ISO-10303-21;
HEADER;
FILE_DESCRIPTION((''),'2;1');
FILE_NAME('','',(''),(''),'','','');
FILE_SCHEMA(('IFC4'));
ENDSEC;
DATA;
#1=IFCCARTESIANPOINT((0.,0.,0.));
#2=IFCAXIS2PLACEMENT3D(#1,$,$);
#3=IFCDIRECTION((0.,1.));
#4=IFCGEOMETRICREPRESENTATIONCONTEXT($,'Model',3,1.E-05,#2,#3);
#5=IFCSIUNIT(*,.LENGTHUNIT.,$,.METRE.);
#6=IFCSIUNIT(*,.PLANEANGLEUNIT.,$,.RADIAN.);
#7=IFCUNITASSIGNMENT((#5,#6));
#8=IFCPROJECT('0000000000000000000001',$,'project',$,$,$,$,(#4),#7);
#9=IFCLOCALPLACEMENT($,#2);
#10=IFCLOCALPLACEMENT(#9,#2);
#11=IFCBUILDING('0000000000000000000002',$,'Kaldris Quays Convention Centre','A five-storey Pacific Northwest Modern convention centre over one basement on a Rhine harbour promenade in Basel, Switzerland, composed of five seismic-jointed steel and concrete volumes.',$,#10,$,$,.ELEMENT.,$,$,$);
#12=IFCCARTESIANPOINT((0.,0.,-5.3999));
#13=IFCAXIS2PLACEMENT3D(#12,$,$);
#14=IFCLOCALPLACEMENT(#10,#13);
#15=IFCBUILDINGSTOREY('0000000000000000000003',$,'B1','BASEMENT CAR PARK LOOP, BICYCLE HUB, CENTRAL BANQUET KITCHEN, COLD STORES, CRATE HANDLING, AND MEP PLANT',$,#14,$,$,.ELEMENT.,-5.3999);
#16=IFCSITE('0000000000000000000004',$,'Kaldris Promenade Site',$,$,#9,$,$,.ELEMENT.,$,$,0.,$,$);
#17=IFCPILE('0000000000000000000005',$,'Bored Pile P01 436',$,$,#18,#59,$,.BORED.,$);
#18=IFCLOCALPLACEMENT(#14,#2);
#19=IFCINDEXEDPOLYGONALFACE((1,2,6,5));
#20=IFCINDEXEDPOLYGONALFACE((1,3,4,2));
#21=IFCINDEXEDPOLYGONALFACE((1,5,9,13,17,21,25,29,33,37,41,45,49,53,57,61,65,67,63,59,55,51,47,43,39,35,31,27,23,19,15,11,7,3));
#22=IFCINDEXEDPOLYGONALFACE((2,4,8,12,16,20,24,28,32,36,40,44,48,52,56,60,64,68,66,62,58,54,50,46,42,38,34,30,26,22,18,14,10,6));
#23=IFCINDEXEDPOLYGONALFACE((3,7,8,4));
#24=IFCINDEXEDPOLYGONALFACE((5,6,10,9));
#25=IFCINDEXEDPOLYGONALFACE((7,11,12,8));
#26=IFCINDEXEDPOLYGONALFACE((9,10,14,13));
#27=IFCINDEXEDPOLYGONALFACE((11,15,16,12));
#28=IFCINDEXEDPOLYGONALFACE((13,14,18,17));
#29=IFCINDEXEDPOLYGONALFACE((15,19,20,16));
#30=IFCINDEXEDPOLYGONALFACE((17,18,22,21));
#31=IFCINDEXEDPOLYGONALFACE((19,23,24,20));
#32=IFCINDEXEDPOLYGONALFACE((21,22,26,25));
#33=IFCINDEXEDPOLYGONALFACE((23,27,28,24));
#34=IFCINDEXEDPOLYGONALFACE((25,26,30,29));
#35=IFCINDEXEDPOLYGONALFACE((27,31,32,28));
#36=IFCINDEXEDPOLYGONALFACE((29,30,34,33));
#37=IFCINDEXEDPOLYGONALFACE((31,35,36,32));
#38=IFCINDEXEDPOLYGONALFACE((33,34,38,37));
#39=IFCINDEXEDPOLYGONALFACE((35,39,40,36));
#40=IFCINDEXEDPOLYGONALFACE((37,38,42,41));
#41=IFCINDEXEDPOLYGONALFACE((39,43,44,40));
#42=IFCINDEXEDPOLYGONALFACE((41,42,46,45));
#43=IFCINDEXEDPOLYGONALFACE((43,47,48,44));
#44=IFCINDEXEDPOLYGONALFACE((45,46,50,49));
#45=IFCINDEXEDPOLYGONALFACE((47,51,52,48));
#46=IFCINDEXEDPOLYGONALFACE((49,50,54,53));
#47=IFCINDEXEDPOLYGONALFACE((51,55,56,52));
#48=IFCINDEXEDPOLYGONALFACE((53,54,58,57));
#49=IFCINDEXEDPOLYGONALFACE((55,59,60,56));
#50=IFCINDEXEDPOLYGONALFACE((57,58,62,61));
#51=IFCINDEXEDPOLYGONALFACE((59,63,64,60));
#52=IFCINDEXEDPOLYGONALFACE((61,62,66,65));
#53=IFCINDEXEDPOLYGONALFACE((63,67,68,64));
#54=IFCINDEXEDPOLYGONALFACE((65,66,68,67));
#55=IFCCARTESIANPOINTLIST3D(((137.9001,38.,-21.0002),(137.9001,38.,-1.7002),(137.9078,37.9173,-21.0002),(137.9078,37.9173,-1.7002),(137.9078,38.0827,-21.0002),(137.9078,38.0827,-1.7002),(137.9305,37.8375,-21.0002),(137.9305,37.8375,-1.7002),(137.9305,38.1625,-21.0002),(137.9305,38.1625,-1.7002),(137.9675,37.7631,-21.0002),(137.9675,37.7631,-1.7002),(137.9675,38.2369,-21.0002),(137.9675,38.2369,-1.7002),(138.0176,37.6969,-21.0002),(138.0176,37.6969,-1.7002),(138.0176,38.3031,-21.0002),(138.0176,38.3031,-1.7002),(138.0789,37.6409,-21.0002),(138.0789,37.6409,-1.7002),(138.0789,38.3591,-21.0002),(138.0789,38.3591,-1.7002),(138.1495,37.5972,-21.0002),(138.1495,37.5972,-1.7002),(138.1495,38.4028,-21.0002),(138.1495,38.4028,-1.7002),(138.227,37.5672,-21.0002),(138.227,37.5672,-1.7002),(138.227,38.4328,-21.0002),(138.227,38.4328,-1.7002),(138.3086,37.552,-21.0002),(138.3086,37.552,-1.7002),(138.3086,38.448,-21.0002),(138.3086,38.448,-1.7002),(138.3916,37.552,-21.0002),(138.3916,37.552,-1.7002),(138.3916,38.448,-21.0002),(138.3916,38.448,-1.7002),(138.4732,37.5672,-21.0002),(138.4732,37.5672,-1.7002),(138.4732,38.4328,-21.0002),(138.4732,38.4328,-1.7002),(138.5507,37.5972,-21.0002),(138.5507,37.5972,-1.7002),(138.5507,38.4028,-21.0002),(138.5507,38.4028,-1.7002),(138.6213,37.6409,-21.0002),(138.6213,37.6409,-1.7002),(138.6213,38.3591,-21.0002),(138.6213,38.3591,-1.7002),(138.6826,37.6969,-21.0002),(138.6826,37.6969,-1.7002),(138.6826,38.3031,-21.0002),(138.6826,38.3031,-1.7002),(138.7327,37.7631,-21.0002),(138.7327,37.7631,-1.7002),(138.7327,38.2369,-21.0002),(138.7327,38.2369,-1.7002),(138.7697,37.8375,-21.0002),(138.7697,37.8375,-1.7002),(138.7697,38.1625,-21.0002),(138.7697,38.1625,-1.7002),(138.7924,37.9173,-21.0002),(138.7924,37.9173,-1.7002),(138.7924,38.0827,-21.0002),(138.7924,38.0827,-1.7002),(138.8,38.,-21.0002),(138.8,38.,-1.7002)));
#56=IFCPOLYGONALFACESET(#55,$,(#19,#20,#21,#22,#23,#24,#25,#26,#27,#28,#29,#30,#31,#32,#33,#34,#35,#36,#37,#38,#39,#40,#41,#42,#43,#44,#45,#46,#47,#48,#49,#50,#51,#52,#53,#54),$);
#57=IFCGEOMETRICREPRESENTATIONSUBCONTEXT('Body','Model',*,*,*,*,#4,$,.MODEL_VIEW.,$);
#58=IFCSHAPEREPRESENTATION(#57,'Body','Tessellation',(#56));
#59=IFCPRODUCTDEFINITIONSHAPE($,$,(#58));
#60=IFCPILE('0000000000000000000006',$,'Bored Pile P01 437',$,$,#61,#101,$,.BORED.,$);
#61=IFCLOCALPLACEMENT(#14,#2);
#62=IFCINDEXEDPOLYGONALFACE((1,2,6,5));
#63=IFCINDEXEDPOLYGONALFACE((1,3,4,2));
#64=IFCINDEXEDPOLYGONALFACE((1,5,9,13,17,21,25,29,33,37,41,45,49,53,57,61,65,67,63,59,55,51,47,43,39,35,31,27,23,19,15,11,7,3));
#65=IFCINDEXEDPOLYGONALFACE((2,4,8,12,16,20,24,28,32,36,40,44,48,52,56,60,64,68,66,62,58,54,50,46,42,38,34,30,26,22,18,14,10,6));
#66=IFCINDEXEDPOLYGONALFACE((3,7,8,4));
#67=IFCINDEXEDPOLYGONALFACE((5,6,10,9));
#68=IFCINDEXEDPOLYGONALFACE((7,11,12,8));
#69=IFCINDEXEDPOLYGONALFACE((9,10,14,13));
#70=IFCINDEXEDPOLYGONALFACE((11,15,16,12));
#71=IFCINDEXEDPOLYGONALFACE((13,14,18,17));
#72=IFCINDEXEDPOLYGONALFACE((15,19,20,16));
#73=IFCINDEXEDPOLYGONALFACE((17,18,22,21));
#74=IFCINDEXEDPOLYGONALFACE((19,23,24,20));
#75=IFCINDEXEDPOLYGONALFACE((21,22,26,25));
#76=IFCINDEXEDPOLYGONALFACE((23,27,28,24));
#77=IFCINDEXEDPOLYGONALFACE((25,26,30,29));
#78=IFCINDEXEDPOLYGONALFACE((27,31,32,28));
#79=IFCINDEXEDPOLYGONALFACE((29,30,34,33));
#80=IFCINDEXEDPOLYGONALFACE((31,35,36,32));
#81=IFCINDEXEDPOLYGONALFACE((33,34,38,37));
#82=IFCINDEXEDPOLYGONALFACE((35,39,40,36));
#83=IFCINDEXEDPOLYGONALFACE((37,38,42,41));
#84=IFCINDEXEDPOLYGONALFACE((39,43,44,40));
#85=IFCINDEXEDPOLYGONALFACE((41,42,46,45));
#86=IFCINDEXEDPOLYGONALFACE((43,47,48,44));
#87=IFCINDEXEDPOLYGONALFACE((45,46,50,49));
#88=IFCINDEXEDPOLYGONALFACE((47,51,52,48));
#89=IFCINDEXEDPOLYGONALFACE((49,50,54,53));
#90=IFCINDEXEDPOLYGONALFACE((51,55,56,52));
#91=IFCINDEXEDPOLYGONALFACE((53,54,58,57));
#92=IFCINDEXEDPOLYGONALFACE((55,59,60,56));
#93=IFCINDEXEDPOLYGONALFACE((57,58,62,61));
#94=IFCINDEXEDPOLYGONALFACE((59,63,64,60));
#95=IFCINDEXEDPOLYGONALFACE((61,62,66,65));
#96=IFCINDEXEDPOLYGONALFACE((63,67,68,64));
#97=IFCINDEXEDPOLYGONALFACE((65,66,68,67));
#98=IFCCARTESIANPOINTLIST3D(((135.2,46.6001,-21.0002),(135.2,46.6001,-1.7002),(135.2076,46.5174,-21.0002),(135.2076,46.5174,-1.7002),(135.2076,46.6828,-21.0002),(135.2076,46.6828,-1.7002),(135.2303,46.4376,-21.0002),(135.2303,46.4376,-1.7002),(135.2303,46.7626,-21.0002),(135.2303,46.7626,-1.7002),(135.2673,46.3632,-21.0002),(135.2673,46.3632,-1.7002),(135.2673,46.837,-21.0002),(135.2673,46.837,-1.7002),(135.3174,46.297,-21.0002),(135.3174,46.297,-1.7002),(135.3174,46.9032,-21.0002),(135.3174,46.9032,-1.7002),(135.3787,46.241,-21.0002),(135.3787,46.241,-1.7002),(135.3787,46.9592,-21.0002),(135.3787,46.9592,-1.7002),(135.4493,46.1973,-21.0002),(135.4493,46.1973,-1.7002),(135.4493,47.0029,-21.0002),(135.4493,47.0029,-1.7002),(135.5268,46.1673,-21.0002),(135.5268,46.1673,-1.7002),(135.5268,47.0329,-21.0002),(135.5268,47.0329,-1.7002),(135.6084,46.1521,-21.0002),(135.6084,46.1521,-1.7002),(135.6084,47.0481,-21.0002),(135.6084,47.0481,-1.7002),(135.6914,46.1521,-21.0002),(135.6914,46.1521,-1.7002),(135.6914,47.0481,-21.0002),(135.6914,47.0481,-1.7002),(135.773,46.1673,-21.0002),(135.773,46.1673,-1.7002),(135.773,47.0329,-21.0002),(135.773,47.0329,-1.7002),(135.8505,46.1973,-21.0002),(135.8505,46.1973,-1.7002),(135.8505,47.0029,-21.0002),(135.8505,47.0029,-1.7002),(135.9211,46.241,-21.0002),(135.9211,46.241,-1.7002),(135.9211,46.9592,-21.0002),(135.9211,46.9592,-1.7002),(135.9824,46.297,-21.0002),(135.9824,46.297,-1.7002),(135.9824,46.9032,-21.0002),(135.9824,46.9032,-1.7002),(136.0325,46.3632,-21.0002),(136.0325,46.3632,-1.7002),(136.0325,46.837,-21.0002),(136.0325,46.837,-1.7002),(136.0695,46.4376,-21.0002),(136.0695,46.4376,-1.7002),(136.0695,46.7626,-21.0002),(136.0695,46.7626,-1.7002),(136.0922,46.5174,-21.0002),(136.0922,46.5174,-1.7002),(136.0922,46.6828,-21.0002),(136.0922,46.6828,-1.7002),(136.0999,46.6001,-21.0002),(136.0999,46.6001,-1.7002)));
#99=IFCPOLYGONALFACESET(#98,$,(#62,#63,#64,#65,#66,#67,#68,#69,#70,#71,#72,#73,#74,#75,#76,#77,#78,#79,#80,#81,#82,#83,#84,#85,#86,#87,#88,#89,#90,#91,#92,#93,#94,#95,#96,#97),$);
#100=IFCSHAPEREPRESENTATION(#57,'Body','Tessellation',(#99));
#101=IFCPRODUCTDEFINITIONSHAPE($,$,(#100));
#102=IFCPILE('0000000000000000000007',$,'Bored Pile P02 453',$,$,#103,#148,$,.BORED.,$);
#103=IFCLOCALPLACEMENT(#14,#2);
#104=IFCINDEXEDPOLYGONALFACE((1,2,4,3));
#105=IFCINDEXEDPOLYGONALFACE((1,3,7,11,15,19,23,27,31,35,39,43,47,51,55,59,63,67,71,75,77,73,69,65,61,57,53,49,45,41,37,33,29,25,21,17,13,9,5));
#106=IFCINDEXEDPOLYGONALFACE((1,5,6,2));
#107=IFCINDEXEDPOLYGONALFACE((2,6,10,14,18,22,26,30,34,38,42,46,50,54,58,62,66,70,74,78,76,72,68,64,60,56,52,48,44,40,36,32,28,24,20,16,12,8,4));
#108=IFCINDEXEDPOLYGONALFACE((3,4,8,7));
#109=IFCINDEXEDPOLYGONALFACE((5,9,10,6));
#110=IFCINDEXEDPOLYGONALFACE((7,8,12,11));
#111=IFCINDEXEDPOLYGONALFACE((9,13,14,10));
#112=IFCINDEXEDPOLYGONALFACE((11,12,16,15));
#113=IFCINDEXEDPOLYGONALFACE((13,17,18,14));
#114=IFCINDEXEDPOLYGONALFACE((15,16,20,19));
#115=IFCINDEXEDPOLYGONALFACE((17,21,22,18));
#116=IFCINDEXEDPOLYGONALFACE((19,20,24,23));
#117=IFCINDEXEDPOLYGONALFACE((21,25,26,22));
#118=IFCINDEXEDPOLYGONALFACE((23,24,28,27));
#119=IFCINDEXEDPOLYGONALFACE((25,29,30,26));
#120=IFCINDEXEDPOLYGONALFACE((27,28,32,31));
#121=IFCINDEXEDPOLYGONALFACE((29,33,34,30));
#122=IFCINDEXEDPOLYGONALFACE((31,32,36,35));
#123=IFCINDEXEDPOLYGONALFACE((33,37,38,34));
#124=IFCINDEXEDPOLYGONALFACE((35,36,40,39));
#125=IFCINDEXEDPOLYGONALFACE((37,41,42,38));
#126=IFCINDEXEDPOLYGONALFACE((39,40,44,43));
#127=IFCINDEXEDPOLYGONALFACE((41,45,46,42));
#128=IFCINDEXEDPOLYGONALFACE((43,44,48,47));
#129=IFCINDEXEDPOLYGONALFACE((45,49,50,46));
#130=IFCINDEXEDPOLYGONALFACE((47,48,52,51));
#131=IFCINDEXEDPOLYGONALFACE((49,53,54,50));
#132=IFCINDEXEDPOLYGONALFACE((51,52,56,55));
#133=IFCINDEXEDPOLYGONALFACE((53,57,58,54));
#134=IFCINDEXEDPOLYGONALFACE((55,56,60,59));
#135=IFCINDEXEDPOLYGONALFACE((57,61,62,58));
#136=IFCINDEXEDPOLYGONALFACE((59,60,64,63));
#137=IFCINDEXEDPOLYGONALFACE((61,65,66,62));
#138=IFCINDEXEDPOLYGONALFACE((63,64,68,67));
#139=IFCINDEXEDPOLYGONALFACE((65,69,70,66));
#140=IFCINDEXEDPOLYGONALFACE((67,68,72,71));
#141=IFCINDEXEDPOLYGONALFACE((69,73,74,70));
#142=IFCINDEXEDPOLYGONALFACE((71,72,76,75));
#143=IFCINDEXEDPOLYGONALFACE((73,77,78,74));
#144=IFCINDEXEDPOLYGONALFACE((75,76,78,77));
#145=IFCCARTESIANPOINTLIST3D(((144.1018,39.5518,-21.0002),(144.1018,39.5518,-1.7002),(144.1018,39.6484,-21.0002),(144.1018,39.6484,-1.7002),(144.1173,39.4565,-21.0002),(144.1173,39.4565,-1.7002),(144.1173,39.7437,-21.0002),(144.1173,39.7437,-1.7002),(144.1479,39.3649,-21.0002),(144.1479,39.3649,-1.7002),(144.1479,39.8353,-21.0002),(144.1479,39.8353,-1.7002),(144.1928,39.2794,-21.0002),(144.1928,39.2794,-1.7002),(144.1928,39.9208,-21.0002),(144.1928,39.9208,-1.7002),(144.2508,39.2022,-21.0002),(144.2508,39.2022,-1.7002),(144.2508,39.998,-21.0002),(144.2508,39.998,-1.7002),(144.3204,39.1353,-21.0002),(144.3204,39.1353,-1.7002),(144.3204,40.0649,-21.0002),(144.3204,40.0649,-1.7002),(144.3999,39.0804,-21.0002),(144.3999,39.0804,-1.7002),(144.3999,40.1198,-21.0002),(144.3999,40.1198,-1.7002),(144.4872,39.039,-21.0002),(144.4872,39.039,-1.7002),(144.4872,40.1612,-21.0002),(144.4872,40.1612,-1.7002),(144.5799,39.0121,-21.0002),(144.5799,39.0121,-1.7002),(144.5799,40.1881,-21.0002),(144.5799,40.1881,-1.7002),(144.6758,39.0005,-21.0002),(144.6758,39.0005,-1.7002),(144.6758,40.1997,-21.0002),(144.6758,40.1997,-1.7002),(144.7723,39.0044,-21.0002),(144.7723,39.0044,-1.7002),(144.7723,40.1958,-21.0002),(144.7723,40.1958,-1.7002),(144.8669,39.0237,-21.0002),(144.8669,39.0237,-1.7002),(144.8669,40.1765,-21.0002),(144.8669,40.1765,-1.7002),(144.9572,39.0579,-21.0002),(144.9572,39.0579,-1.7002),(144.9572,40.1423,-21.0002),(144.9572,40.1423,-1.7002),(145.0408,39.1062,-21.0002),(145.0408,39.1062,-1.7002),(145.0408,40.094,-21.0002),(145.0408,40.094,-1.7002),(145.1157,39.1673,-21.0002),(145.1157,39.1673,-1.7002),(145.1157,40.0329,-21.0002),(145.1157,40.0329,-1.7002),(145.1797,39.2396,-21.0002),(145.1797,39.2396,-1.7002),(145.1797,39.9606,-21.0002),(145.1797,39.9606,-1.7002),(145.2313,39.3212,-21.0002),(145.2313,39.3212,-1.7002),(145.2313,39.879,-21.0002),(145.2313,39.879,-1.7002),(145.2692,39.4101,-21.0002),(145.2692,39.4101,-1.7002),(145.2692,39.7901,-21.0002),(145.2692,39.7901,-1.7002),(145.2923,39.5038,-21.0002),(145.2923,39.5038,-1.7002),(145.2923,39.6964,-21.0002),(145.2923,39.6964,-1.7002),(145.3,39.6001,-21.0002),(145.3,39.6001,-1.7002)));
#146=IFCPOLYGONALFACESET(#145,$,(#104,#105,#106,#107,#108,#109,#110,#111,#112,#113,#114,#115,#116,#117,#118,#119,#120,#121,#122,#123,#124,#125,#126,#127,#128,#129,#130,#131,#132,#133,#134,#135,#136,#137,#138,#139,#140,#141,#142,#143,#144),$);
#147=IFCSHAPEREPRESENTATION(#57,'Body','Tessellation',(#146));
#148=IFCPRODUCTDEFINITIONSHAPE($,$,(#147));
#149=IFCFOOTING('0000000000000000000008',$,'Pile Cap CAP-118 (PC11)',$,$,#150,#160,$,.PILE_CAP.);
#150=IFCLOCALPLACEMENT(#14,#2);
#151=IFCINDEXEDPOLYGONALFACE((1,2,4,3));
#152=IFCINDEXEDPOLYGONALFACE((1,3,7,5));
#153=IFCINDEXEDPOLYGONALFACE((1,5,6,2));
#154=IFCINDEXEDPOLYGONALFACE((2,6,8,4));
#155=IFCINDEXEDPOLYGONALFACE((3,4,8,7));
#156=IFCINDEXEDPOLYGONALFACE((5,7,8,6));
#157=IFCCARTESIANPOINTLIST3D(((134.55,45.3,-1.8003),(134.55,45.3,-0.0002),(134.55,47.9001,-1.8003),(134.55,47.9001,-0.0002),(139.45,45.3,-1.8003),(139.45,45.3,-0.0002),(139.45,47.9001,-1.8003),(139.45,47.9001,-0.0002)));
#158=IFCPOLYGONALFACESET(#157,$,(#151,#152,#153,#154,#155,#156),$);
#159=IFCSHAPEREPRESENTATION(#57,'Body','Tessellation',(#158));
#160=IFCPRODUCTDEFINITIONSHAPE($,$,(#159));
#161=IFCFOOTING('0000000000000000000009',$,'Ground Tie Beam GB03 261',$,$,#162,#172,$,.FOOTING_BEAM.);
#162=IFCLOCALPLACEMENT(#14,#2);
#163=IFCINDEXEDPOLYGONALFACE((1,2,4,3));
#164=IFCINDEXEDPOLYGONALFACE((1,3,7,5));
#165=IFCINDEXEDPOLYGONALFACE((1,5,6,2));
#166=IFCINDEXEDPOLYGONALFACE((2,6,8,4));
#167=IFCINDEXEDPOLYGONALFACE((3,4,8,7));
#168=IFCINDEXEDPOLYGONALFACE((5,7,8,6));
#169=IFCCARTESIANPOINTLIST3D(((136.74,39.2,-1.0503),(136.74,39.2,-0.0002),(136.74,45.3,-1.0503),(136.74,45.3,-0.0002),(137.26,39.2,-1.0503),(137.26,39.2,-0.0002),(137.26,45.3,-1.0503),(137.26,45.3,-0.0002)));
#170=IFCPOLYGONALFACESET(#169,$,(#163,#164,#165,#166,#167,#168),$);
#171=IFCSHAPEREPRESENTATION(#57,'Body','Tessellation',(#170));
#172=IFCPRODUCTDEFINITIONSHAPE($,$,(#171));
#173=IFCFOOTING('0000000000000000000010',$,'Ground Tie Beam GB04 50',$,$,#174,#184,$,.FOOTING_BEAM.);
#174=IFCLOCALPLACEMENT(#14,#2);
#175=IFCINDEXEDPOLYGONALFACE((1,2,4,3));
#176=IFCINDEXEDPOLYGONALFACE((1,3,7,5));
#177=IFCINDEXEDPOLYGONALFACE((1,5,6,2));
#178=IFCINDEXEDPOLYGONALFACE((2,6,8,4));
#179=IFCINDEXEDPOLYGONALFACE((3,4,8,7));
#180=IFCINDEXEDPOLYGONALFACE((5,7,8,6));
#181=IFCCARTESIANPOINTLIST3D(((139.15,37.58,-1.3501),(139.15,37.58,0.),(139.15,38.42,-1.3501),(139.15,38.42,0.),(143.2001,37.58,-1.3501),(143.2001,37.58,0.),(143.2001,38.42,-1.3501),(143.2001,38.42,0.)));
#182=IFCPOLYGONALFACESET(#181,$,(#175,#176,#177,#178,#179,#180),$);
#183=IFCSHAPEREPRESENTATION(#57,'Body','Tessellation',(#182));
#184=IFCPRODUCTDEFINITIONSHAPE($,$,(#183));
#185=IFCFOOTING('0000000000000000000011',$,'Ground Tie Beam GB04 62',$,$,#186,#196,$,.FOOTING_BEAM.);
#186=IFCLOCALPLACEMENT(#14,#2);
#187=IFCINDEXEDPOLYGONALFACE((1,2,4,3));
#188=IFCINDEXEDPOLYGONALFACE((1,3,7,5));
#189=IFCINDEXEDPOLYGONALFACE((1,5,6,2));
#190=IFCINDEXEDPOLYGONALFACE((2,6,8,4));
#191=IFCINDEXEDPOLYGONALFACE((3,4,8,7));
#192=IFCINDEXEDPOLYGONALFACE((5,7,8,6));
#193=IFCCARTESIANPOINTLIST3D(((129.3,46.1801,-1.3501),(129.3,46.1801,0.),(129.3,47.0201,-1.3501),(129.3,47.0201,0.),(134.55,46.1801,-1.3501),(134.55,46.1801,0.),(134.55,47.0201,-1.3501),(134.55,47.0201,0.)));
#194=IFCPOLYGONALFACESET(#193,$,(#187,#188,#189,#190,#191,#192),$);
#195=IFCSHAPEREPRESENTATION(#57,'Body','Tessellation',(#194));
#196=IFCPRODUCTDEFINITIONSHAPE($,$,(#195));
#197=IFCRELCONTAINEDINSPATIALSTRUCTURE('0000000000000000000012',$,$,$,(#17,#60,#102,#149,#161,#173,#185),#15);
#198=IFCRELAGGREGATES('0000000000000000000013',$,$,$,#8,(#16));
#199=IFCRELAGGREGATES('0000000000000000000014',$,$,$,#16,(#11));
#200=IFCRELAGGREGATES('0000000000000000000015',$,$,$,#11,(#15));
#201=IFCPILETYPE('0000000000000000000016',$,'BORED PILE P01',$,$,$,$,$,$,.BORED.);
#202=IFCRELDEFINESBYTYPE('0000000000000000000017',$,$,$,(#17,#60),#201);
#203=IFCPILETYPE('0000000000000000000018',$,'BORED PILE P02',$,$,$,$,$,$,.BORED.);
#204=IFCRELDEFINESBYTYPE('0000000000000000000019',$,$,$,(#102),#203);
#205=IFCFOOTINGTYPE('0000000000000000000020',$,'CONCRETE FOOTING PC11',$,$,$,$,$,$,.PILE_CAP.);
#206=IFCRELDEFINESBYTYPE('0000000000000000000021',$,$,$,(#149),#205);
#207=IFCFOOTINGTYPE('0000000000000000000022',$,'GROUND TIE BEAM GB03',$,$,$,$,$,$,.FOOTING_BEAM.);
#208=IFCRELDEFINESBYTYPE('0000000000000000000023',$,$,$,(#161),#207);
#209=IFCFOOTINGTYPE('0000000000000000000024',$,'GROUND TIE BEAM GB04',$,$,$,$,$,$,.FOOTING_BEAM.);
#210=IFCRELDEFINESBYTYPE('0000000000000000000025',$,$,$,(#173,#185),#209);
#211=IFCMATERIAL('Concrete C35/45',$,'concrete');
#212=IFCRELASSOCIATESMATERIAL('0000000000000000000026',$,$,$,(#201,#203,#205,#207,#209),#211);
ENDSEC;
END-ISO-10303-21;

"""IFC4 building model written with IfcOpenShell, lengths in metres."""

from ifc_helpers import new_model, si_unit, direction, frame, origin, origin_2d, place, context, subcontext, project, spatial, rectangle, circle, extrude, material, material_profile, profile_set, type_object, element, save


model = new_model("IFC4")

# Units and contexts
model_context = context("Model", 3, precision=1e-05, world=origin(), true_north=direction((0.0, 1.0)))
body_context = subcontext(model_context, "Body", "Model", "MODEL_VIEW")
ifc_project = project(units=[si_unit("LENGTHUNIT", "METRE"), si_unit("PLANEANGLEUNIT", "RADIAN")], contexts=[model_context])

# Site, building, storey
site_placement = place(None, origin())
site = spatial("IfcSite", under=ifc_project, at=site_placement, Name="Kaldris Promenade Site", CompositionType="ELEMENT", RefElevation=0.0)
building_placement = place(site_placement, origin())
building = spatial("IfcBuilding", under=site, at=building_placement, Name="Kaldris Quays Convention Centre", Description="A five-storey Pacific Northwest Modern convention centre over one basement on a Rhine harbour promenade in Basel, Switzerland, composed of five seismic-jointed steel and concrete volumes.", CompositionType="ELEMENT")
storey_placement = place(building_placement, frame((0.0, 0.0, -5.3999)))
storey = spatial("IfcBuildingStorey", under=building, at=storey_placement, Name="B1", Description="BASEMENT CAR PARK LOOP, BICYCLE HUB, CENTRAL BANQUET KITCHEN, COLD STORES, CRATE HANDLING, AND MEP PLANT", CompositionType="ELEMENT", Elevation=-5.3999)

# Piles
ifc_material_1 = material(Name="Concrete C35/45", Category="concrete")
ifc_material_profile_1 = material_profile(ifc_material_1, circle(Radius=0.45, at=origin_2d()), Name="BORED PILE D900")
ifc_profile_set_1 = profile_set([ifc_material_profile_1], Name="Concrete C35/45")
pile_type_1 = type_object("IfcPileType", Name="BORED PILE P01", PredefinedType="BORED", material=ifc_profile_set_1)
for number, where, z_axis, x_axis, name in (
    (1, (138.3501, 38.0, -1.7002), (0.0, 0.0, -1.0), (1.0, 0.0, 0.0), "Bored Pile P01 436"),
    (2, (135.6499, 46.6001, -1.7002), (0.0, 0.0, -1.0), (1.0, 0.0, 0.0), "Bored Pile P01 437"),
):
    element("IfcPile", number, at=place(storey_placement, frame(where, z_axis=z_axis, x_axis=x_axis)), inside=storey, type_object=pile_type_1, Name=name, PredefinedType="BORED", context=body_context, shape_type="SweptSolid", body=[
        extrude(circle(Radius=0.45, at=origin_2d()), origin(), (0.0, 0.0, 1.0), 19.3),
    ])
ifc_material_profile_2 = material_profile(ifc_material_1, circle(Radius=0.6001, at=origin_2d()), Name="BORED PILE D1200")
ifc_profile_set_2 = profile_set([ifc_material_profile_2], Name="Concrete C35/45")
pile_type_2 = type_object("IfcPileType", Name="BORED PILE P02", PredefinedType="BORED", material=ifc_profile_set_2)
pile_placement = place(storey_placement, frame((144.7, 39.6001, -1.7002), z_axis=(0.0, 0.0, -1.0), x_axis=(1.0, 0.0, 0.0)))
element("IfcPile", 3, at=pile_placement, inside=storey, type_object=pile_type_2, Name="Bored Pile P02 453", PredefinedType="BORED", context=body_context, shape_type="SweptSolid", body=[
    extrude(circle(Radius=0.6001, at=origin_2d()), origin(), (0.0, 0.0, 1.0), 19.3),
])

# Footings
footing_type_1 = type_object("IfcFootingType", Name="CONCRETE FOOTING PC11", PredefinedType="PILE_CAP", material=ifc_material_1)
footing_1_placement = place(storey_placement, frame((137.0, 46.6001, -1.8003), z_axis=(0.0, 0.0, 1.0), x_axis=(1.0, 0.0, 0.0)))
element("IfcFooting", 4, at=footing_1_placement, inside=storey, type_object=footing_type_1, Name="Pile Cap CAP-118 (PC11)", PredefinedType="PILE_CAP", context=body_context, shape_type="SweptSolid", body=[
    extrude(rectangle(XDim=4.8999, YDim=2.6001, at=origin_2d()), origin(), (0.0, 0.0, 1.0), 1.8),
])
footing_type_2 = type_object("IfcFootingType", Name="GROUND TIE BEAM GB03", PredefinedType="FOOTING_BEAM", material=ifc_material_1)
footing_2_placement = place(storey_placement, frame((137.0, 42.25, -1.0503), z_axis=(0.0, 0.0, 1.0), x_axis=(1.0, 0.0, 0.0)))
element("IfcFooting", 5, at=footing_2_placement, inside=storey, type_object=footing_type_2, Name="Ground Tie Beam GB03 261", PredefinedType="FOOTING_BEAM", context=body_context, shape_type="SweptSolid", body=[
    extrude(rectangle(XDim=0.52, YDim=6.1001, at=origin_2d()), origin(), (0.0, 0.0, 1.0), 1.05),
])
footing_type_3 = type_object("IfcFootingType", Name="GROUND TIE BEAM GB04", PredefinedType="FOOTING_BEAM", material=ifc_material_1)
footing_3_placement = place(storey_placement, frame((141.175, 38.0, -1.3501), z_axis=(0.0, 0.0, 1.0), x_axis=(1.0, 0.0, 0.0)))
element("IfcFooting", 6, at=footing_3_placement, inside=storey, type_object=footing_type_3, Name="Ground Tie Beam GB04 50", PredefinedType="FOOTING_BEAM", context=body_context, shape_type="SweptSolid", body=[
    extrude(rectangle(XDim=4.05, YDim=0.8401, at=origin_2d()), origin(), (0.0, 0.0, 1.0), 1.3501),
])
footing_4_placement = place(storey_placement, frame((131.925, 46.6001, -1.3501), z_axis=(0.0, 0.0, 1.0), x_axis=(1.0, 0.0, 0.0)))
element("IfcFooting", 7, at=footing_4_placement, inside=storey, type_object=footing_type_3, Name="Ground Tie Beam GB04 62", PredefinedType="FOOTING_BEAM", context=body_context, shape_type="SweptSolid", body=[
    extrude(rectangle(XDim=5.25, YDim=0.8401, at=origin_2d()), origin(), (0.0, 0.0, 1.0), 1.3501),
])

save(model, "model.ifc")
